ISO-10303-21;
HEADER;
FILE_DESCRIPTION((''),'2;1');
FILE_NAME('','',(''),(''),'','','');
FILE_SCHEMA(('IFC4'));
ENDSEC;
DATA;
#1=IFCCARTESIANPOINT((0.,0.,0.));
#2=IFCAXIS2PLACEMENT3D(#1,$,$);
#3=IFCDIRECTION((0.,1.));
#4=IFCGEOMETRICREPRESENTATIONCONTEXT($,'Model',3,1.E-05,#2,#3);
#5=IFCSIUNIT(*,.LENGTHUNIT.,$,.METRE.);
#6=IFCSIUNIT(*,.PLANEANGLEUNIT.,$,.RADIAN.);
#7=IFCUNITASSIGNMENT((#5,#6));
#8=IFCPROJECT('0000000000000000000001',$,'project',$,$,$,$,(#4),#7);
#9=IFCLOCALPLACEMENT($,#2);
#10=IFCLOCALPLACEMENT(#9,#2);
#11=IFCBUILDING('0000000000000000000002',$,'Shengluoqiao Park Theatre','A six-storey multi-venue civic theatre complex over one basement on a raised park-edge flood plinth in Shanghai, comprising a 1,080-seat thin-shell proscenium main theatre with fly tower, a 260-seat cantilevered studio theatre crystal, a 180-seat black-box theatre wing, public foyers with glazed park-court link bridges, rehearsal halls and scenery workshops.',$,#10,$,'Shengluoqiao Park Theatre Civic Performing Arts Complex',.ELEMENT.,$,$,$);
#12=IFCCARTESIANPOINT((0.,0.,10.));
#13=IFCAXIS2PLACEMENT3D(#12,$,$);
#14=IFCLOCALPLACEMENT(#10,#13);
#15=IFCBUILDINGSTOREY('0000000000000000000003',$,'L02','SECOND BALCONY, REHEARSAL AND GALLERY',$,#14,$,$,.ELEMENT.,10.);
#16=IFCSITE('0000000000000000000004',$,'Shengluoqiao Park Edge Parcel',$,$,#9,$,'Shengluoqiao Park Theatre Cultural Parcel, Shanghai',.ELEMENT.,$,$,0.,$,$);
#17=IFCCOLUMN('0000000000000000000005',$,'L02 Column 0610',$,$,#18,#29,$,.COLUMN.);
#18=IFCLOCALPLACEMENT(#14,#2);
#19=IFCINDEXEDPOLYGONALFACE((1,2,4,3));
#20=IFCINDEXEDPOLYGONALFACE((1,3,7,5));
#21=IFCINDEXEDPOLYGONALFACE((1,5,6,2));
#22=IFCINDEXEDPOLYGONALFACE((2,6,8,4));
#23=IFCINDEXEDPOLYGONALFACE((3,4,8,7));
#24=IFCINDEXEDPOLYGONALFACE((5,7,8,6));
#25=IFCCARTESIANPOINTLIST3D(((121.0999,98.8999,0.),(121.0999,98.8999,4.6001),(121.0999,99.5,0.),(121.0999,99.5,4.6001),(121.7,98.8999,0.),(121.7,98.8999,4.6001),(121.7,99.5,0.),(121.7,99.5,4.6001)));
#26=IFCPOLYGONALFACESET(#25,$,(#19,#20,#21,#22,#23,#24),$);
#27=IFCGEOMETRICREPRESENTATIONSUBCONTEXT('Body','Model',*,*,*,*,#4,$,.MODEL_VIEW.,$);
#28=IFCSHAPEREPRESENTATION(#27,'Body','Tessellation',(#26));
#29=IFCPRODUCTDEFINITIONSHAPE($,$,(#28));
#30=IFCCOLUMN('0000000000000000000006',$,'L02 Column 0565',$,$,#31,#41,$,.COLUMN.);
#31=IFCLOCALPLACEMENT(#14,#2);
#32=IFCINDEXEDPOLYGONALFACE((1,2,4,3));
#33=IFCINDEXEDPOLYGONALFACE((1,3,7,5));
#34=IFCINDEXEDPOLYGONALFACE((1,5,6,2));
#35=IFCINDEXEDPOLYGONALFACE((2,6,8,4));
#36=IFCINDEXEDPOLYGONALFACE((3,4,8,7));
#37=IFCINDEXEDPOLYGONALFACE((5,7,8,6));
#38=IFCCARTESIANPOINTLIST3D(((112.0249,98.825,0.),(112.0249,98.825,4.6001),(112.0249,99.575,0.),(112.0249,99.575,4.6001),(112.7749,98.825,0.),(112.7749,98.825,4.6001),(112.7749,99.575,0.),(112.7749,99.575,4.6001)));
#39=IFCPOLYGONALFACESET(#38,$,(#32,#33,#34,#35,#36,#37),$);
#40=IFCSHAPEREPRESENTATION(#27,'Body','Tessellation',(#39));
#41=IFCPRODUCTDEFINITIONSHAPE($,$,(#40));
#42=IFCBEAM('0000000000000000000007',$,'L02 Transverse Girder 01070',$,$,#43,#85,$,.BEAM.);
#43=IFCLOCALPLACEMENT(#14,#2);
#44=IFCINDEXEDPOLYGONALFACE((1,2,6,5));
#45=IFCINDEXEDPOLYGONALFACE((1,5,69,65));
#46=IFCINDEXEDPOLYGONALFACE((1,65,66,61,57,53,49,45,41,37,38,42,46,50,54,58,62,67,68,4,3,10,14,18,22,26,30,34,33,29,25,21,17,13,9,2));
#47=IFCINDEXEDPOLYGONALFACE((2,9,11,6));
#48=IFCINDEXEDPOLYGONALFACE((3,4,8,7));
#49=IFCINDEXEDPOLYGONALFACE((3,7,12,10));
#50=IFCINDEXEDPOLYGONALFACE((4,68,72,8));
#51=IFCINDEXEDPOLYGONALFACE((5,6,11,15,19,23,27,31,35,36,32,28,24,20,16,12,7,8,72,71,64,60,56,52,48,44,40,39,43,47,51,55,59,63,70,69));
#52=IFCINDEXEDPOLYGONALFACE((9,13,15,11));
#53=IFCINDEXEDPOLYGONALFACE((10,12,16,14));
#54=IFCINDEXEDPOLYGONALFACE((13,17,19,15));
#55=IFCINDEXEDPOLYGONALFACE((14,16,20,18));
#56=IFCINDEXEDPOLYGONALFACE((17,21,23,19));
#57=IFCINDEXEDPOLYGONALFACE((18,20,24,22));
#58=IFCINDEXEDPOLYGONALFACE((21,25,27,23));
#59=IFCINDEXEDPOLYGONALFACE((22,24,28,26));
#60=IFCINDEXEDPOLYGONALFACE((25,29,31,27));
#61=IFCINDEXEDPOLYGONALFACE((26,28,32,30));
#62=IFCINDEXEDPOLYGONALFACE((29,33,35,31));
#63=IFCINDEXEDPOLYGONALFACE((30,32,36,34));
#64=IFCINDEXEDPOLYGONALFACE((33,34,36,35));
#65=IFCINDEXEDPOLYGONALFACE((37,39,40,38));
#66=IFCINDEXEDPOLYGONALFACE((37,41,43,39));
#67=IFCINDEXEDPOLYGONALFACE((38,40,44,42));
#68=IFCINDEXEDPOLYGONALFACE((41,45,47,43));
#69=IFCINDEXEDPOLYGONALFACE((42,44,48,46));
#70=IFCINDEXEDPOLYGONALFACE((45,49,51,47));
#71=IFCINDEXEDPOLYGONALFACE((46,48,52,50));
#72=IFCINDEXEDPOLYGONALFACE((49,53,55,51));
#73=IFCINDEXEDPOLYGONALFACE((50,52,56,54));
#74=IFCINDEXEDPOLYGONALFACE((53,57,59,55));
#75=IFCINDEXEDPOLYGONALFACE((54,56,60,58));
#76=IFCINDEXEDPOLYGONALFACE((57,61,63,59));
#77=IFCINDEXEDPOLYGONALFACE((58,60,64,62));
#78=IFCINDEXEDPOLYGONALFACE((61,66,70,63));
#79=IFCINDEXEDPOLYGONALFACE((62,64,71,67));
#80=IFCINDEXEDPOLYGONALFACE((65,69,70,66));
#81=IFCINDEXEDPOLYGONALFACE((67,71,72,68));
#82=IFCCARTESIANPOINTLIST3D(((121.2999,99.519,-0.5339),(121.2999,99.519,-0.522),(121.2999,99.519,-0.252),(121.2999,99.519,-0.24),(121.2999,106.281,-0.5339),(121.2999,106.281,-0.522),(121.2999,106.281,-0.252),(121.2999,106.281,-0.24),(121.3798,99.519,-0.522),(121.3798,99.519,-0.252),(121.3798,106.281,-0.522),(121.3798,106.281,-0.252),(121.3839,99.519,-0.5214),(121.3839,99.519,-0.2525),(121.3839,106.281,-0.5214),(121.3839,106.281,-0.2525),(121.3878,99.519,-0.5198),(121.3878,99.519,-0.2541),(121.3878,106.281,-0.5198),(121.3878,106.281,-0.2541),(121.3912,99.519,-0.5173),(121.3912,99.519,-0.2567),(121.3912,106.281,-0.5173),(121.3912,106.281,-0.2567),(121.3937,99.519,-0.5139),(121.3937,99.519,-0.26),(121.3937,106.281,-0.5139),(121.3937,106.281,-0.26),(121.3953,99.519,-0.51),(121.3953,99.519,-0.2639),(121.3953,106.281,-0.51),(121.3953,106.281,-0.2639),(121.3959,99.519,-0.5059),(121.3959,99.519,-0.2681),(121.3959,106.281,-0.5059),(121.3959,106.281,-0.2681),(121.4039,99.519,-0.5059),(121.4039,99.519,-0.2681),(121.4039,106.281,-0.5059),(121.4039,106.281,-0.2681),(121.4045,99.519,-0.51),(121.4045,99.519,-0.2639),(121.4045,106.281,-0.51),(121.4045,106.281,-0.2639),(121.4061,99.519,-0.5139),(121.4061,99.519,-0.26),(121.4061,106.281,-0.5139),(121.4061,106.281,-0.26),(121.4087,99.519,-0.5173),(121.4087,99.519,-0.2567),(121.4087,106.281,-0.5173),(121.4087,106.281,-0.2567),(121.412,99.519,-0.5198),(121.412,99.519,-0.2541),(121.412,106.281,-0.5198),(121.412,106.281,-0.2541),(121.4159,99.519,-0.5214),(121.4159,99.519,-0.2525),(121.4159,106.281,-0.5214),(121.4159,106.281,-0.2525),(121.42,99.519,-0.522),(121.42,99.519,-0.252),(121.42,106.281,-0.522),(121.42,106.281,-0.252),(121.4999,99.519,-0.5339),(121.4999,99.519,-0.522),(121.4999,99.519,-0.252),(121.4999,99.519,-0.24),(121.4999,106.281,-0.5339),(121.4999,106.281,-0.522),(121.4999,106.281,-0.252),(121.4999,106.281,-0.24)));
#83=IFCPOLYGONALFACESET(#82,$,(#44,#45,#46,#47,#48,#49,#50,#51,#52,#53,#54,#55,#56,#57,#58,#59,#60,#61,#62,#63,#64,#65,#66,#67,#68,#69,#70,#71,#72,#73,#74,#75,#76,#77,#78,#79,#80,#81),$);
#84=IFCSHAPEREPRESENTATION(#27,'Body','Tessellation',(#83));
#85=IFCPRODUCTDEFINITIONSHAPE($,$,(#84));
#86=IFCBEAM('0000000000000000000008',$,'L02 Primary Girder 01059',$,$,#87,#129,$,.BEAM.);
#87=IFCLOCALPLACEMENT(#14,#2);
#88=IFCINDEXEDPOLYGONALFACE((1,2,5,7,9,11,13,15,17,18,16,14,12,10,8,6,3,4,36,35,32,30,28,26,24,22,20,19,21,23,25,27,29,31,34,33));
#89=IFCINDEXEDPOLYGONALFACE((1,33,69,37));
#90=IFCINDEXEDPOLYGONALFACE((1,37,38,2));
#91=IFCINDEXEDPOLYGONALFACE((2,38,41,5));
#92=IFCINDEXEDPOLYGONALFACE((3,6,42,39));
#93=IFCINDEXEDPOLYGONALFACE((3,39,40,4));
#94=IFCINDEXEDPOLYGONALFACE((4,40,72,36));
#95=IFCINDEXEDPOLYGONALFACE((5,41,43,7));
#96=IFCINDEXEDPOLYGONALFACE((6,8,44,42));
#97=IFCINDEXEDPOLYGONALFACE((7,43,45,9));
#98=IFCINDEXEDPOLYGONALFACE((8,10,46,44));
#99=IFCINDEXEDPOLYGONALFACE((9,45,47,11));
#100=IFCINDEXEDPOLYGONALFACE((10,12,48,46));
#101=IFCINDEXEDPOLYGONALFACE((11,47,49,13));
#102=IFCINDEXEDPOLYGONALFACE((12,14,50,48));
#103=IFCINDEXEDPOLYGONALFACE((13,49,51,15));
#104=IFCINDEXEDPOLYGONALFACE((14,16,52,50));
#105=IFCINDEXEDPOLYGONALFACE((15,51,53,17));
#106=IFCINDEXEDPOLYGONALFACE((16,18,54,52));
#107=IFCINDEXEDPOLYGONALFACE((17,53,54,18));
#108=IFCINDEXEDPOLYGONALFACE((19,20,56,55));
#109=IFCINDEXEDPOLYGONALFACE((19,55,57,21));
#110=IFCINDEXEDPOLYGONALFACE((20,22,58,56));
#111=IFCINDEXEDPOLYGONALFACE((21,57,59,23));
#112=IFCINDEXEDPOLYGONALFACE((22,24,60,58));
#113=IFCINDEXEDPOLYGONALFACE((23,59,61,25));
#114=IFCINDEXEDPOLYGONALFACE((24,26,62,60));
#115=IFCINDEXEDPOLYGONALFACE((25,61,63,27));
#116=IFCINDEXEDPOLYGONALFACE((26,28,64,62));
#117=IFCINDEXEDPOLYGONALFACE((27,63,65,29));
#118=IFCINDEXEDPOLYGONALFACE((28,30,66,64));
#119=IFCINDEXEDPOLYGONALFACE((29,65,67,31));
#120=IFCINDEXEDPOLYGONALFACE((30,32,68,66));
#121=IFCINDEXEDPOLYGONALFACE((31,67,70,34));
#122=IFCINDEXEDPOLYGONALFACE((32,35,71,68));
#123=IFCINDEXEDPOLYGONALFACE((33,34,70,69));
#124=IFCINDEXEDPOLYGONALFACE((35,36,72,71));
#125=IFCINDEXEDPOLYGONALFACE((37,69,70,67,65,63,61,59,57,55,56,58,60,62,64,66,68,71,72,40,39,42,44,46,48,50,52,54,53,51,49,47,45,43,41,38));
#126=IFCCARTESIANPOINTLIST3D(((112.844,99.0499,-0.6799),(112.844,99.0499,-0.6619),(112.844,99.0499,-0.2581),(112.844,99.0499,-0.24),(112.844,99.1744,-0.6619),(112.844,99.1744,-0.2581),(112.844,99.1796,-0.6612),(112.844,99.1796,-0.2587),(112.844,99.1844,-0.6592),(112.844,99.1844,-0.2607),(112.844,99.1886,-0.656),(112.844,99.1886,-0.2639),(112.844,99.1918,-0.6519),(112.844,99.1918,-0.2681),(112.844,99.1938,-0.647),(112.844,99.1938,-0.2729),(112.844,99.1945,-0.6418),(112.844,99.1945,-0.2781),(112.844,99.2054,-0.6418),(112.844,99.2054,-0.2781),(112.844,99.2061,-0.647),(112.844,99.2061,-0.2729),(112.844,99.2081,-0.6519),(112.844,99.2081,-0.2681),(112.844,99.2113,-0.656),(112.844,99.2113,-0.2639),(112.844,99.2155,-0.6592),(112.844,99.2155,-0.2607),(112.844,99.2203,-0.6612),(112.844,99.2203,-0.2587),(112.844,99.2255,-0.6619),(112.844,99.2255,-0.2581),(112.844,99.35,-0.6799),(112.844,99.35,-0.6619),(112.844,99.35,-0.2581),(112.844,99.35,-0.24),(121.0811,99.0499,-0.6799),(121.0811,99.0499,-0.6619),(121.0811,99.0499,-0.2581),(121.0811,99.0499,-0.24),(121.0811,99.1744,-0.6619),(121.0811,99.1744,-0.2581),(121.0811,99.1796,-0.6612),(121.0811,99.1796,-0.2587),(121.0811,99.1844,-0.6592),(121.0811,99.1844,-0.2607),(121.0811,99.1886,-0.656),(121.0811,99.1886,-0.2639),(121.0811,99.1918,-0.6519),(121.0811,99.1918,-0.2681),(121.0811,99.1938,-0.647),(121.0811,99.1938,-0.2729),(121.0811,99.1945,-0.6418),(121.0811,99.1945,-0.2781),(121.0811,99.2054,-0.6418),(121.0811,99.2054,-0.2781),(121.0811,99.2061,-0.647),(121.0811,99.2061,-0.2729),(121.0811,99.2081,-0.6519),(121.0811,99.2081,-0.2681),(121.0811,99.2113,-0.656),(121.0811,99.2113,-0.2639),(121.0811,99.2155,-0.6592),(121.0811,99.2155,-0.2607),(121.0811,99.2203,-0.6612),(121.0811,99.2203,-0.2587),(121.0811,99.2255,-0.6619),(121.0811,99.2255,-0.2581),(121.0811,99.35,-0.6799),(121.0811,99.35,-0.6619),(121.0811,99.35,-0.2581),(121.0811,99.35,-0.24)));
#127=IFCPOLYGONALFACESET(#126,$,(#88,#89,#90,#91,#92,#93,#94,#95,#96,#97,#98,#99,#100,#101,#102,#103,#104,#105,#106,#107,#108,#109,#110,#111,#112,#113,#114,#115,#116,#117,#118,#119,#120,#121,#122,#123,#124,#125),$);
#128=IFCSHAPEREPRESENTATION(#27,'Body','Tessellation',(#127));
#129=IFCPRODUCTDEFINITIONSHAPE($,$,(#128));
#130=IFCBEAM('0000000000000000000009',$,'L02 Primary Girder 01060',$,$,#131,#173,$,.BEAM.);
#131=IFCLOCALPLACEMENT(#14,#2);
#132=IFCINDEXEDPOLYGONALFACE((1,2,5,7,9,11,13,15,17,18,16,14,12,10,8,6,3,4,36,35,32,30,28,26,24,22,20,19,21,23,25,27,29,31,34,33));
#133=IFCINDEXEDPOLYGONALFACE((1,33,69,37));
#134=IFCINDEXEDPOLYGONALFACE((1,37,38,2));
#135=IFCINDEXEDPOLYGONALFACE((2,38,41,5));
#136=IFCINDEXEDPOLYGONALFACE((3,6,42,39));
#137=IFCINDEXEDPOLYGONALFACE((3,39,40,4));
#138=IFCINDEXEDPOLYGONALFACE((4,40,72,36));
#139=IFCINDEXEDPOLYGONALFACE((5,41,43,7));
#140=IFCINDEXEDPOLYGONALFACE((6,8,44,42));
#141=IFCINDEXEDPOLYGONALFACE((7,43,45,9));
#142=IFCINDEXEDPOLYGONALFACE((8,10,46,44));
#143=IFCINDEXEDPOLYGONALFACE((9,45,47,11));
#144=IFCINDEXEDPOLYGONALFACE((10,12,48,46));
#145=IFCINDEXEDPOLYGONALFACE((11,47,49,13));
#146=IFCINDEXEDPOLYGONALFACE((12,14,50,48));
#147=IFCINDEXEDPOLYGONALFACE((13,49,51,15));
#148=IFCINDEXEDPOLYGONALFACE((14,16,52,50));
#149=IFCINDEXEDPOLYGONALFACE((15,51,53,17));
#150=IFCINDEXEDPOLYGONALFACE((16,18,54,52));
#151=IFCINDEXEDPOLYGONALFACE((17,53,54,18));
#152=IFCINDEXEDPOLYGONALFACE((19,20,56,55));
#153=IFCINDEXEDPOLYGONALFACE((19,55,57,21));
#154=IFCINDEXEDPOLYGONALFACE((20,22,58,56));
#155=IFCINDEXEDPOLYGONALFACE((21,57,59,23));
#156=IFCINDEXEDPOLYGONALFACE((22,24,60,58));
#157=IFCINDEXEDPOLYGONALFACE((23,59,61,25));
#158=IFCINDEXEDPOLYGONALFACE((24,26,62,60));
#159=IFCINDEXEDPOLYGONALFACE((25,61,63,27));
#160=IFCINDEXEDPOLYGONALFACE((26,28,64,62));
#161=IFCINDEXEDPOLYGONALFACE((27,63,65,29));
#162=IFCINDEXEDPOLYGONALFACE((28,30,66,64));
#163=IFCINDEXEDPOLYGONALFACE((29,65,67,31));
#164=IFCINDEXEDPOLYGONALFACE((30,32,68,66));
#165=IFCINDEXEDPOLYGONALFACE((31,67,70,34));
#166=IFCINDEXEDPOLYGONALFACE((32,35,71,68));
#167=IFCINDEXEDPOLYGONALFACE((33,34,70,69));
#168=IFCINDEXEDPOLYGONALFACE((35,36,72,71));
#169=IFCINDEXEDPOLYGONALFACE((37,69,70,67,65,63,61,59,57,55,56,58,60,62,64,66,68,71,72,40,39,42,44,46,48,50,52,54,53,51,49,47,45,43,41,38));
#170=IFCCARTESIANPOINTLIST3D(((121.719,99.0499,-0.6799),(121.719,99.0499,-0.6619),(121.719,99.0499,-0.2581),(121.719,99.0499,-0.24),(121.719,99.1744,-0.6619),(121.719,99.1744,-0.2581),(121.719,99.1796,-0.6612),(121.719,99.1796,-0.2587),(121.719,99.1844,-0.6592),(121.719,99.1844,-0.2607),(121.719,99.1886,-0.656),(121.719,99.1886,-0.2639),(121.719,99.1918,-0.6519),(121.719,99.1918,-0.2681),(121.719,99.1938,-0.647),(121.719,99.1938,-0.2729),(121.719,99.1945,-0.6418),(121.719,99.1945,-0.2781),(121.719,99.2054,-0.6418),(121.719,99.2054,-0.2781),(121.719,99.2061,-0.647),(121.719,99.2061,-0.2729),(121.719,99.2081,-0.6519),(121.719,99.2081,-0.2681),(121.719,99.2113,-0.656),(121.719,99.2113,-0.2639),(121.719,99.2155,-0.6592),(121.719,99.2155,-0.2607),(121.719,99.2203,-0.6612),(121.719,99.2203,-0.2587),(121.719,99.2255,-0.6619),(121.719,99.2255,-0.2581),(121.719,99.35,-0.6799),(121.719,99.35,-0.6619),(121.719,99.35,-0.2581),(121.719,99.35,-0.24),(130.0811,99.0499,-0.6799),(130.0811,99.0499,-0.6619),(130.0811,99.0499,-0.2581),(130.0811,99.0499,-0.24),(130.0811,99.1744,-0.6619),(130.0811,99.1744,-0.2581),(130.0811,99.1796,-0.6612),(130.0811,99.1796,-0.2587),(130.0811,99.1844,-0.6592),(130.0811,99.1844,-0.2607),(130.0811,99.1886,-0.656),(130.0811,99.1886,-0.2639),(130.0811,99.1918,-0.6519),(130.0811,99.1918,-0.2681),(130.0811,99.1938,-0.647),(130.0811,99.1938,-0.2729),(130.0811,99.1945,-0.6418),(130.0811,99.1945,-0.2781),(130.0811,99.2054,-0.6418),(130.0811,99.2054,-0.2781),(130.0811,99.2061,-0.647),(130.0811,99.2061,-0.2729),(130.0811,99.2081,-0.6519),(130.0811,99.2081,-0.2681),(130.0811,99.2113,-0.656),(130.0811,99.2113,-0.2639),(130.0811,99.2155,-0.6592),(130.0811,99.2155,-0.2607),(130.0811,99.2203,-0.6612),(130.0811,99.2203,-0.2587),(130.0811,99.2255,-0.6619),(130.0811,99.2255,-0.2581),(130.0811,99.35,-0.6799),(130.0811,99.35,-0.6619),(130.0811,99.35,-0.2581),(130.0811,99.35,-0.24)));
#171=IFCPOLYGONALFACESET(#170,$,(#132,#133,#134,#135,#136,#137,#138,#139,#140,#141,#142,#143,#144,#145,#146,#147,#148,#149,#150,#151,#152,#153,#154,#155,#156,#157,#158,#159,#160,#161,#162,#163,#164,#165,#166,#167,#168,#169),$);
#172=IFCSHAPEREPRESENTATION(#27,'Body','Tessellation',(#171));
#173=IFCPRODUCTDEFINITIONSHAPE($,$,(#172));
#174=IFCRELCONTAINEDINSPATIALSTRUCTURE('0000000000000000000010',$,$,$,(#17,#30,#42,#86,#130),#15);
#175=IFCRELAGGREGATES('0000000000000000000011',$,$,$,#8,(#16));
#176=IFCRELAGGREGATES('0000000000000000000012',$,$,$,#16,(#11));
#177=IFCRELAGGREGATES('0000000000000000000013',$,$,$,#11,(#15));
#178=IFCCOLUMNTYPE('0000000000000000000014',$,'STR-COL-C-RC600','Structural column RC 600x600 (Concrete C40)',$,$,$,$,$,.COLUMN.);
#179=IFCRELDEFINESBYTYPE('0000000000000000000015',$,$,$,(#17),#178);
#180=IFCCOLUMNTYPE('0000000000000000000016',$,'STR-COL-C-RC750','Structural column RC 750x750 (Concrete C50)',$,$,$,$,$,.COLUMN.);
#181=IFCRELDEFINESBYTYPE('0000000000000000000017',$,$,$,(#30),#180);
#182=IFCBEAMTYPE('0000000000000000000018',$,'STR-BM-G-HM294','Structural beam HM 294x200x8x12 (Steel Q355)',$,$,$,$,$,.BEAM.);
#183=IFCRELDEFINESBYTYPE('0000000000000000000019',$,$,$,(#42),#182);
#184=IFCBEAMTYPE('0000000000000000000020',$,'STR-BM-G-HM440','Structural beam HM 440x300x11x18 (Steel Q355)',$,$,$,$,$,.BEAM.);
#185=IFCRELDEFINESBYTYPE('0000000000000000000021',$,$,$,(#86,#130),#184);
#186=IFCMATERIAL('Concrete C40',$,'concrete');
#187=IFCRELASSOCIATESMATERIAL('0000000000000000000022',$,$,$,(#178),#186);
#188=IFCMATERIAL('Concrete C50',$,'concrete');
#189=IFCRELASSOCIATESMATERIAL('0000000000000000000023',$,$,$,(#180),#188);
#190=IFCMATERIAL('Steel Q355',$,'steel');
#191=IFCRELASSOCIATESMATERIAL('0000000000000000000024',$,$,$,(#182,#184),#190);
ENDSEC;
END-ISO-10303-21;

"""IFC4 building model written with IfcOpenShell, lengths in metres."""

from ifc_helpers import new_model, si_unit, direction, frame, origin, origin_2d, place, context, subcontext, project, spatial, rectangle, i_section, extrude, material, material_profile, profile_set, type_object, element, save


model = new_model("IFC4")

# Units and contexts
model_context = context("Model", 3, precision=1e-05, world=origin(), true_north=direction((0.0, 1.0)))
body_context = subcontext(model_context, "Body", "Model", "MODEL_VIEW")
ifc_project = project(units=[si_unit("LENGTHUNIT", "METRE"), si_unit("PLANEANGLEUNIT", "RADIAN")], contexts=[model_context])

# Site, building, storey
site_placement = place(None, origin())
site = spatial("IfcSite", under=ifc_project, at=site_placement, Name="Shengluoqiao Park Edge Parcel", LongName="Shengluoqiao Park Theatre Cultural Parcel, Shanghai", CompositionType="ELEMENT", RefElevation=0.0)
building_placement = place(site_placement, origin())
building = spatial("IfcBuilding", under=site, at=building_placement, Name="Shengluoqiao Park Theatre", Description="A six-storey multi-venue civic theatre complex over one basement on a raised park-edge flood plinth in Shanghai, comprising a 1,080-seat thin-shell proscenium main theatre with fly tower, a 260-seat cantilevered studio theatre crystal, a 180-seat black-box theatre wing, public foyers with glazed park-court link bridges, rehearsal halls and scenery workshops.", LongName="Shengluoqiao Park Theatre Civic Performing Arts Complex", CompositionType="ELEMENT")
storey_placement = place(building_placement, frame((0.0, 0.0, 10.0)))
storey = spatial("IfcBuildingStorey", under=building, at=storey_placement, Name="L02", Description="SECOND BALCONY, REHEARSAL AND GALLERY", CompositionType="ELEMENT", Elevation=10.0)

# Columns
ifc_material_1 = material(Name="Concrete C40", Category="concrete")
ifc_material_profile_1 = material_profile(ifc_material_1, rectangle(XDim=0.6001, YDim=0.6001, at=origin_2d()), Name="RC 600x600")
ifc_profile_set_1 = profile_set([ifc_material_profile_1], Name="Concrete C40")
column_type_1 = type_object("IfcColumnType", Name="STR-COL-C-RC600", Description="Structural column RC 600x600 (Concrete C40)", PredefinedType="COLUMN", material=ifc_profile_set_1)
column_1_placement = place(storey_placement, frame((121.3999, 99.2, 0.0), z_axis=(0.0, 0.0, 1.0), x_axis=(1.0, 0.0, 0.0)))
element("IfcColumn", 1, at=column_1_placement, inside=storey, type_object=column_type_1, Name="L02 Column 0610", PredefinedType="COLUMN", context=body_context, shape_type="SweptSolid", body=[
    extrude(rectangle(XDim=0.6001, YDim=0.6001, at=origin_2d()), origin(), (0.0, 0.0, 1.0), 4.6001),
])
ifc_material_2 = material(Name="Concrete C50", Category="concrete")
ifc_material_profile_2 = material_profile(ifc_material_2, rectangle(XDim=0.75, YDim=0.75, at=origin_2d()), Name="RC 750x750")
ifc_profile_set_2 = profile_set([ifc_material_profile_2], Name="Concrete C50")
column_type_2 = type_object("IfcColumnType", Name="STR-COL-C-RC750", Description="Structural column RC 750x750 (Concrete C50)", PredefinedType="COLUMN", material=ifc_profile_set_2)
column_2_placement = place(storey_placement, frame((112.3999, 99.2, 0.0), z_axis=(0.0, 0.0, 1.0), x_axis=(1.0, 0.0, 0.0)))
element("IfcColumn", 2, at=column_2_placement, inside=storey, type_object=column_type_2, Name="L02 Column 0565", PredefinedType="COLUMN", context=body_context, shape_type="SweptSolid", body=[
    extrude(rectangle(XDim=0.75, YDim=0.75, at=origin_2d()), origin(), (0.0, 0.0, 1.0), 4.6001),
])

# Beams
ifc_material_3 = material(Name="Steel Q355", Category="steel")
ifc_material_profile_3 = material_profile(ifc_material_3, i_section(OverallWidth=0.2, OverallDepth=0.2939, WebThickness=0.0081, FlangeThickness=0.012, FilletRadius=0.0161, at=origin_2d()), Name="HM 294x200x8x12")
ifc_profile_set_3 = profile_set([ifc_material_profile_3], Name="Steel Q355")
beam_type_1 = type_object("IfcBeamType", Name="STR-BM-G-HM294", Description="Structural beam HM 294x200x8x12 (Steel Q355)", PredefinedType="BEAM", material=ifc_profile_set_3)
beam_1_placement = place(storey_placement, frame((121.3999, 99.519, -0.387), z_axis=(0.0, 1.0, 0.0), x_axis=(-1.0, 0.0, 0.0)))
element("IfcBeam", 3, at=beam_1_placement, inside=storey, type_object=beam_type_1, Name="L02 Transverse Girder 01070", PredefinedType="BEAM", context=body_context, shape_type="SweptSolid", body=[
    extrude(i_section(OverallWidth=0.2, OverallDepth=0.2939, WebThickness=0.0081, FlangeThickness=0.012, FilletRadius=0.0161, at=origin_2d()), origin(), (0.0, 0.0, 1.0), 6.762),
])
ifc_material_profile_4 = material_profile(ifc_material_3, i_section(OverallWidth=0.3, OverallDepth=0.4399, WebThickness=0.011, FlangeThickness=0.0181, FilletRadius=0.02, at=origin_2d()), Name="HM 440x300x11x18")
ifc_profile_set_4 = profile_set([ifc_material_profile_4], Name="Steel Q355")
beam_type_2 = type_object("IfcBeamType", Name="STR-BM-G-HM440", Description="Structural beam HM 440x300x11x18 (Steel Q355)", PredefinedType="BEAM", material=ifc_profile_set_4)
beam_2_placement = place(storey_placement, frame((112.844, 99.2, -0.46), z_axis=(1.0, 0.0, 0.0), x_axis=(0.0, 1.0, 0.0)))
element("IfcBeam", 4, at=beam_2_placement, inside=storey, type_object=beam_type_2, Name="L02 Primary Girder 01059", PredefinedType="BEAM", context=body_context, shape_type="SweptSolid", body=[
    extrude(i_section(OverallWidth=0.3, OverallDepth=0.4399, WebThickness=0.011, FlangeThickness=0.0181, FilletRadius=0.02, at=origin_2d()), origin(), (0.0, 0.0, 1.0), 8.2371),
])
beam_3_placement = place(storey_placement, frame((121.719, 99.2, -0.46), z_axis=(1.0, 0.0, 0.0), x_axis=(0.0, 1.0, 0.0)))
element("IfcBeam", 5, at=beam_3_placement, inside=storey, type_object=beam_type_2, Name="L02 Primary Girder 01060", PredefinedType="BEAM", context=body_context, shape_type="SweptSolid", body=[
    extrude(i_section(OverallWidth=0.3, OverallDepth=0.4399, WebThickness=0.011, FlangeThickness=0.0181, FilletRadius=0.02, at=origin_2d()), origin(), (0.0, 0.0, 1.0), 8.3621),
])

save(model, "model.ifc")
